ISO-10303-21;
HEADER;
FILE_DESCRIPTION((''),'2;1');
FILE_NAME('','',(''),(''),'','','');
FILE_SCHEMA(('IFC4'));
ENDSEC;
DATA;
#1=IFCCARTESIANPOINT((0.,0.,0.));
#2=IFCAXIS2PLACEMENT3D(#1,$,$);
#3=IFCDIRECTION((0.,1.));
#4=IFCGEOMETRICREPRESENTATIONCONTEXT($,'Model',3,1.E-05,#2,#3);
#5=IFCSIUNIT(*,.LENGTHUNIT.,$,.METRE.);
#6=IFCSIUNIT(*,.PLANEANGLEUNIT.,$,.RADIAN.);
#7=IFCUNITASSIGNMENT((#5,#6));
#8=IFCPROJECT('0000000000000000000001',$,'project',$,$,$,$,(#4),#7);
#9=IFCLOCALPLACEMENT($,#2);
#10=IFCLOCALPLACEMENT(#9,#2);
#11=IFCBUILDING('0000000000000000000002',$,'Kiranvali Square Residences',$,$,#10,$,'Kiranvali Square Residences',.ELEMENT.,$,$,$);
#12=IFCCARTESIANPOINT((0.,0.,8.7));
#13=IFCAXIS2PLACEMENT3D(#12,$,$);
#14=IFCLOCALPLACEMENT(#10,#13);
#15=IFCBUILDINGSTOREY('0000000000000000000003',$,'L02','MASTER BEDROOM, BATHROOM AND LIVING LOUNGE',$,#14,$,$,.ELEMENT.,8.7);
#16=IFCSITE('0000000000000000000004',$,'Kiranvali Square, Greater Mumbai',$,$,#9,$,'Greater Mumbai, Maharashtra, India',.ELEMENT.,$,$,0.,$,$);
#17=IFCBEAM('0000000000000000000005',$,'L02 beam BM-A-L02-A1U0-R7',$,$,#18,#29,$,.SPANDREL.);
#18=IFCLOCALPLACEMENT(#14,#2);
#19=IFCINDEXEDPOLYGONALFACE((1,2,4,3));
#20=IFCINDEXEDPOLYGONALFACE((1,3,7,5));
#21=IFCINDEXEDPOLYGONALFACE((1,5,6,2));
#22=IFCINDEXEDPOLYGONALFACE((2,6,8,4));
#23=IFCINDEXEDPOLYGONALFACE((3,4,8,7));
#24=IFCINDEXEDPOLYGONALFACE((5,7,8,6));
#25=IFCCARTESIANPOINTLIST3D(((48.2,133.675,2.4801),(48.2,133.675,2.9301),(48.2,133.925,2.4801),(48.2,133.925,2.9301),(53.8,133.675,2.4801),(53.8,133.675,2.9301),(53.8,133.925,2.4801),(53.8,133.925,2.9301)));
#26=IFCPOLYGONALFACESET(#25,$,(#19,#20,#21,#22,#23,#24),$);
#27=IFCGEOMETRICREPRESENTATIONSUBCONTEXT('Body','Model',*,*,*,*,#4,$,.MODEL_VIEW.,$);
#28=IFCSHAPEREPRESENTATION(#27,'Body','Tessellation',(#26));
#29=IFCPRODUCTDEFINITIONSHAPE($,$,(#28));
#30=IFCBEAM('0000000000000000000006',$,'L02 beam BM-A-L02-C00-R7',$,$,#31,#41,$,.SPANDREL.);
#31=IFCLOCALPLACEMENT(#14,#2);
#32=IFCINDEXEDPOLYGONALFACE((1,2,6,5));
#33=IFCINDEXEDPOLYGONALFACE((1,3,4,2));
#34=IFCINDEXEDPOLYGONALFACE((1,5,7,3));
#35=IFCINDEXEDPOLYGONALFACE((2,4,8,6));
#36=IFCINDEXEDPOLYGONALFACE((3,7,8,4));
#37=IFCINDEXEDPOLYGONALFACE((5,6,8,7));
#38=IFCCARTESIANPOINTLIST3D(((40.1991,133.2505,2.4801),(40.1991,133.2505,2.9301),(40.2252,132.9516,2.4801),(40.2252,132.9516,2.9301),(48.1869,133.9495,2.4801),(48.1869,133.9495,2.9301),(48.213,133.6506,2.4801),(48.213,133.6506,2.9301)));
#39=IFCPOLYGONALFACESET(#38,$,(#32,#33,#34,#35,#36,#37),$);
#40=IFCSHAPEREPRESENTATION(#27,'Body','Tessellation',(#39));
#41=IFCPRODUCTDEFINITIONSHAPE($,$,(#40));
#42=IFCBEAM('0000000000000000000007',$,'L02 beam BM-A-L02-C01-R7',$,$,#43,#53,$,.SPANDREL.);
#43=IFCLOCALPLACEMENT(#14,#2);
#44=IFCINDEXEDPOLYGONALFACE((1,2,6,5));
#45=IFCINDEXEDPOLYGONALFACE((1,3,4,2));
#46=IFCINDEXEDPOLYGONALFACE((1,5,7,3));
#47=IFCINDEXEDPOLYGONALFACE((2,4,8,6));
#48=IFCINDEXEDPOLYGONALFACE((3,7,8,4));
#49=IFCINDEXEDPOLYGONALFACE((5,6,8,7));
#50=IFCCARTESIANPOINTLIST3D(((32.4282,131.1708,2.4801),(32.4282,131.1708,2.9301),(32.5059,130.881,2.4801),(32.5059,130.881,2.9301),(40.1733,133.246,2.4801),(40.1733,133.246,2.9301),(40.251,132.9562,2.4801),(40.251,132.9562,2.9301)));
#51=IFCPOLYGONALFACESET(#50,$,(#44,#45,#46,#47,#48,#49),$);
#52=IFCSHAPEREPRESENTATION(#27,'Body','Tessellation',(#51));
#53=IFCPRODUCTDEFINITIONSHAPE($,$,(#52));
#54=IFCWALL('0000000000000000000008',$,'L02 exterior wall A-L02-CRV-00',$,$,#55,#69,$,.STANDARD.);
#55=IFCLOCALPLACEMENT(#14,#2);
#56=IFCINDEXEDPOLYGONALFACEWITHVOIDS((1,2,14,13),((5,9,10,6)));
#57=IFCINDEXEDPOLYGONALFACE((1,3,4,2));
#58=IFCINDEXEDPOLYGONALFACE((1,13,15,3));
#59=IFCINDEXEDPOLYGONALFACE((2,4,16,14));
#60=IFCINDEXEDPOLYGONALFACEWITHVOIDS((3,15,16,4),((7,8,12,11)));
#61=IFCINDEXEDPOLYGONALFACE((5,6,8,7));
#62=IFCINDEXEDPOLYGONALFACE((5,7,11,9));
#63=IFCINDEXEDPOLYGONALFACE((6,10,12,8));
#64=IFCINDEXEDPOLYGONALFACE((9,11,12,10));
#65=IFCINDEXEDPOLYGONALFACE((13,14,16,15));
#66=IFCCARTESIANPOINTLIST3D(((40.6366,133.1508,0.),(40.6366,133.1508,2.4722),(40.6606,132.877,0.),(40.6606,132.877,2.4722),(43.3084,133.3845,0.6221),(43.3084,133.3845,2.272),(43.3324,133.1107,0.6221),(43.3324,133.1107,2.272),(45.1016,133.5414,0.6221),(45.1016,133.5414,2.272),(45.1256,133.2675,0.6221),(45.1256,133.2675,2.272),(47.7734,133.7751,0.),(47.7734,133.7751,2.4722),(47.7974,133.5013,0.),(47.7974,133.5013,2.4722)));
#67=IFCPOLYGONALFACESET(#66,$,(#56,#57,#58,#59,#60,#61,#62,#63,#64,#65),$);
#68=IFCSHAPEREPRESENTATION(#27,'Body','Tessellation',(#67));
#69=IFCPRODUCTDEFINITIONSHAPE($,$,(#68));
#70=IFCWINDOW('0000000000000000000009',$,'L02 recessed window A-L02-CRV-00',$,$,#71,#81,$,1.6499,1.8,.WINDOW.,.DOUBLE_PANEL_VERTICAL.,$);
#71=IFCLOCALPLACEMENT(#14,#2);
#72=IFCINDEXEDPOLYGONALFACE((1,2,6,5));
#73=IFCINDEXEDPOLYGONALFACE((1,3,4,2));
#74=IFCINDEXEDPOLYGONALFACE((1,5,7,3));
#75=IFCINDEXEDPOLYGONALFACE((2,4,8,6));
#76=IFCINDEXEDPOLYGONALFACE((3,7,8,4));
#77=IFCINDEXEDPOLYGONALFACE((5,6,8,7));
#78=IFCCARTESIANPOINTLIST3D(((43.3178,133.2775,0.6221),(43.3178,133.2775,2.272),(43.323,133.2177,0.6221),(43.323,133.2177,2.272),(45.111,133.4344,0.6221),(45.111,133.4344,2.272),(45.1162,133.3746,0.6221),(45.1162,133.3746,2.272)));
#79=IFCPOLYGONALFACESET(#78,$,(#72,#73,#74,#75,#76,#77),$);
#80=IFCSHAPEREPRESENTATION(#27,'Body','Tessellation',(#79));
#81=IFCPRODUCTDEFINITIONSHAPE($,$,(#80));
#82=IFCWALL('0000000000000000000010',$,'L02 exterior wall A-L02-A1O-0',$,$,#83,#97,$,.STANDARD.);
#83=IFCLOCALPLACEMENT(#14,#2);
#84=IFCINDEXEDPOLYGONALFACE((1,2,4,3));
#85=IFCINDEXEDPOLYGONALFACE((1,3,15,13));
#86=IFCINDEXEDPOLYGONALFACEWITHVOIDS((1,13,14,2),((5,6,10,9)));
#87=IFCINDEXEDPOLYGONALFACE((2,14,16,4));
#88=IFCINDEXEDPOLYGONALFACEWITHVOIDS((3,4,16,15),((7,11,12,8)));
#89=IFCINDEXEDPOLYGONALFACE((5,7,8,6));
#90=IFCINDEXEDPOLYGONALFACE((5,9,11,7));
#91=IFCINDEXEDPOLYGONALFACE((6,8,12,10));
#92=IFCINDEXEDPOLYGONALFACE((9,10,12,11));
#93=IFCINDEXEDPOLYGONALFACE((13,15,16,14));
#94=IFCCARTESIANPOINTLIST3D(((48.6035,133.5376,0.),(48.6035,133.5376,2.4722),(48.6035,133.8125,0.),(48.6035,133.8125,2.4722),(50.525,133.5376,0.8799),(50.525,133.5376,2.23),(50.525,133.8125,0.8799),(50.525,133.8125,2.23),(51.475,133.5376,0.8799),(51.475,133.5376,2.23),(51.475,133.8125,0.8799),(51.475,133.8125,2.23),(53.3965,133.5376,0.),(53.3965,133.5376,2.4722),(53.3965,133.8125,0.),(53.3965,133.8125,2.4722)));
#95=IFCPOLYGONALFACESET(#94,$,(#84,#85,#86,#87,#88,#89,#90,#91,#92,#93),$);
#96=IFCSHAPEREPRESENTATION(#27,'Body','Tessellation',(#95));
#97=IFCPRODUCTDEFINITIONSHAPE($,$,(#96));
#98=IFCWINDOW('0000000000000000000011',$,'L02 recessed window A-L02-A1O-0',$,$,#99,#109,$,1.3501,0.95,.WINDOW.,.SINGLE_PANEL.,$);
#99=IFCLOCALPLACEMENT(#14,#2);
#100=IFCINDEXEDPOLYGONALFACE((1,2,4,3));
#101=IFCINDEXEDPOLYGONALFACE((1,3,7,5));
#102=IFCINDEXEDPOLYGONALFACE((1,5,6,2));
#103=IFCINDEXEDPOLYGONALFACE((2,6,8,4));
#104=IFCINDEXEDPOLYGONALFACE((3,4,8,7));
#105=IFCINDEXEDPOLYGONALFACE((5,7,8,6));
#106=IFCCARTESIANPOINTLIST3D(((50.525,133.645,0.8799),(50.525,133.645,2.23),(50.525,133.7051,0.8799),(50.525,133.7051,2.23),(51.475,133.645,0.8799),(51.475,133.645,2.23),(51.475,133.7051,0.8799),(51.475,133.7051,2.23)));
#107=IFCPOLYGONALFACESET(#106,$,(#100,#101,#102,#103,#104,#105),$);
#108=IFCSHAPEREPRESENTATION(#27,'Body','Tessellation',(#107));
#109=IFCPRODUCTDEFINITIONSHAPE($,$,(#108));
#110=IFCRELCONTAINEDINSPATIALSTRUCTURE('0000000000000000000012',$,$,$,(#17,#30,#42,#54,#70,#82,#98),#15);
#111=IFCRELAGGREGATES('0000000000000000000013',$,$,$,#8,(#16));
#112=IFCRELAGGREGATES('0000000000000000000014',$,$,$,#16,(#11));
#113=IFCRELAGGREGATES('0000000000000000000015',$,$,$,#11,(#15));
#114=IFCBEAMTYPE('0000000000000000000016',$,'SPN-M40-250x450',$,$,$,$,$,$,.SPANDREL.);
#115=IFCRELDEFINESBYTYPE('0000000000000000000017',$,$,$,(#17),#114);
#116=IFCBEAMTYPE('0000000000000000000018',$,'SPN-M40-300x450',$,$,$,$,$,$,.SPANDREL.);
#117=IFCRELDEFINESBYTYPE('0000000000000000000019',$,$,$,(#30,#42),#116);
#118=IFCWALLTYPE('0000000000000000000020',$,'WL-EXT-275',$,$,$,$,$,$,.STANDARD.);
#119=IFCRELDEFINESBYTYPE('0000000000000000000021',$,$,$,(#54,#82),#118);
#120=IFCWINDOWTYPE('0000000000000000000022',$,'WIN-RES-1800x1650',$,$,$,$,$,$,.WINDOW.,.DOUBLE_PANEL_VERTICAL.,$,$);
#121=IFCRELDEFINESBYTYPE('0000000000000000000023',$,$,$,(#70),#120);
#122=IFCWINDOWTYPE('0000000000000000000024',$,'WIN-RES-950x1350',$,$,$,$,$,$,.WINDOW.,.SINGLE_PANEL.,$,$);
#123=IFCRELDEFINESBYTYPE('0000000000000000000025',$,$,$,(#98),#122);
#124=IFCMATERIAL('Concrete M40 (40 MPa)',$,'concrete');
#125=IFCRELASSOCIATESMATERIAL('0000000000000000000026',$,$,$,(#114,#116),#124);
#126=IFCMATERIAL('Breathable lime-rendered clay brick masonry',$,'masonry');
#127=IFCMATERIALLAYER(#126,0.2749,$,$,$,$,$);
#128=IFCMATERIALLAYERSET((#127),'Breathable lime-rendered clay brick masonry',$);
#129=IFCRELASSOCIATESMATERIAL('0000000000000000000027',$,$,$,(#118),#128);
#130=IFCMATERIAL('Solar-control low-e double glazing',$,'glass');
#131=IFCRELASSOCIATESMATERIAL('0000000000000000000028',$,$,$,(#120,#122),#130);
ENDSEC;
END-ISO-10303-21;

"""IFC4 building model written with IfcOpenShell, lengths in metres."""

from ifc_helpers import new_model, si_unit, direction, frame, frame_2d, origin, origin_2d, place, context, subcontext, project, spatial, rectangle, extrude, material, layer, layer_set, material_profile, profile_set, type_object, element, fill, save


model = new_model("IFC4")

# Units and contexts
model_context = context("Model", 3, precision=1e-05, world=origin(), true_north=direction((0.0, 1.0)))
body_context = subcontext(model_context, "Body", "Model", "MODEL_VIEW")
ifc_project = project(units=[si_unit("LENGTHUNIT", "METRE"), si_unit("PLANEANGLEUNIT", "RADIAN")], contexts=[model_context])

# Site, building, storey
site_placement = place(None, origin())
site = spatial("IfcSite", under=ifc_project, at=site_placement, Name="Kiranvali Square, Greater Mumbai", LongName="Greater Mumbai, Maharashtra, India", CompositionType="ELEMENT", RefElevation=0.0)
building_placement = place(site_placement, origin())
building = spatial("IfcBuilding", under=site, at=building_placement, Name="Kiranvali Square Residences", LongName="Kiranvali Square Residences", CompositionType="ELEMENT")
storey_placement = place(building_placement, frame((0.0, 0.0, 8.7)))
storey = spatial("IfcBuildingStorey", under=building, at=storey_placement, Name="L02", Description="MASTER BEDROOM, BATHROOM AND LIVING LOUNGE", CompositionType="ELEMENT", Elevation=8.7)

# Beams
ifc_material_1 = material(Name="Concrete M40 (40 MPa)", Category="concrete")
ifc_material_profile_1 = material_profile(ifc_material_1, rectangle(XDim=0.25, YDim=0.45, at=origin_2d()), Name="RC 250x450")
ifc_profile_set_1 = profile_set([ifc_material_profile_1], Name="Concrete M40 (40 MPa)")
beam_type_1 = type_object("IfcBeamType", Name="SPN-M40-250x450", PredefinedType="SPANDREL", material=ifc_profile_set_1)
beam_1_placement = place(storey_placement, frame((48.2, 133.8, 2.7051), z_axis=(1.0, 0.0, 0.0), x_axis=(0.0, 1.0, 0.0)))
element("IfcBeam", 1, at=beam_1_placement, inside=storey, type_object=beam_type_1, Name="L02 beam BM-A-L02-A1U0-R7", PredefinedType="SPANDREL", context=body_context, shape_type="SweptSolid", body=[
    extrude(rectangle(XDim=0.25, YDim=0.45, at=origin_2d()), origin(), (0.0, 0.0, 1.0), 5.6001),
])
ifc_material_profile_2 = material_profile(ifc_material_1, rectangle(XDim=0.3, YDim=0.45, at=origin_2d()), Name="RC 300x450")
ifc_profile_set_2 = profile_set([ifc_material_profile_2], Name="Concrete M40 (40 MPa)")
beam_type_2 = type_object("IfcBeamType", Name="SPN-M40-300x450", PredefinedType="SPANDREL", material=ifc_profile_set_2)
for number, where, z_axis, x_axis, name in (
    (2, (48.2, 133.8, 2.7051), (-0.996193, -0.087172, 0.0), (0.087172, -0.996193, 0.0), "L02 beam BM-A-L02-C00-R7"),
    (3, (40.2122, 133.1011, 2.7051), (-0.965929, -0.258807, 0.0), (0.258807, -0.965929, 0.0), "L02 beam BM-A-L02-C01-R7"),
):
    element("IfcBeam", number, at=place(storey_placement, frame(where, z_axis=z_axis, x_axis=x_axis)), inside=storey, type_object=beam_type_2, Name=name, PredefinedType="SPANDREL", context=body_context, shape_type="SweptSolid", body=[
        extrude(rectangle(XDim=0.3, YDim=0.45, at=origin_2d()), origin(), (0.0, 0.0, 1.0), 8.0183),
    ])

# Wall, opening, window
ifc_material_2 = material(Name="Breathable lime-rendered clay brick masonry", Category="masonry")
ifc_layer = layer(ifc_material_2, 0.2749)
ifc_layer_set = layer_set([ifc_layer], Name="Breathable lime-rendered clay brick masonry")
wall_type = type_object("IfcWallType", Name="WL-EXT-275", PredefinedType="STANDARD", material=ifc_layer_set)
wall_1_placement = place(storey_placement, frame((47.7854, 133.6382, 0.0), z_axis=(0.0, 0.0, 1.0), x_axis=(-0.996196, -0.08714, 0.0)))
wall_1 = element("IfcWall", 4, at=wall_1_placement, inside=storey, type_object=wall_type, Name="L02 exterior wall A-L02-CRV-00", PredefinedType="STANDARD", context=body_context, shape_type="SweptSolid", body=[
    extrude(rectangle(XDim=7.1641, YDim=0.2749, at=frame_2d((3.582, 0.0))), origin(), (0.0, 0.0, 1.0), 2.4722),
])
opening_1_placement = place(wall_1_placement, frame((2.6821, 0.0, 0.6221)))
opening_1 = element("IfcOpeningElement", 5, at=opening_1_placement, cuts=wall_1, PredefinedType="OPENING", context=body_context, shape_type="SweptSolid", body=[
    extrude(rectangle(XDim=1.8, YDim=1.6499, at=frame_2d((0.8999, 0.825))), frame((0.0, 0.1475, 0.0), z_axis=(0.0, -1.0, 0.0), x_axis=(1.0, 0.0, 0.0)), (0.0, 0.0, 1.0), 0.2949),
])
ifc_material_3 = material(Name="Solar-control low-e double glazing", Category="glass")
window_type_1 = type_object("IfcWindowType", Name="WIN-RES-1800x1650", PartitioningType="DOUBLE_PANEL_VERTICAL", PredefinedType="WINDOW", material=ifc_material_3)
window_1_placement = place(opening_1_placement, origin())
window_1 = element("IfcWindow", 6, at=window_1_placement, inside=storey, type_object=window_type_1, Name="L02 recessed window A-L02-CRV-00", OverallHeight=1.6499, OverallWidth=1.8, PartitioningType="DOUBLE_PANEL_VERTICAL", PredefinedType="WINDOW", context=body_context, shape_type="SweptSolid", body=[
    extrude(rectangle(XDim=1.8, YDim=1.6499, at=frame_2d((0.8999, 0.825))), frame((0.0, 0.03, 0.0), z_axis=(0.0, -1.0, 0.0), x_axis=(1.0, 0.0, 0.0)), (0.0, 0.0, 1.0), 0.0601),
])
fill(opening_1, window_1)

# Wall, opening, window
wall_2_placement = place(storey_placement, frame((48.6035, 133.675, 0.0), z_axis=(0.0, 0.0, 1.0), x_axis=(1.0, 0.0, 0.0)))
wall_2 = element("IfcWall", 7, at=wall_2_placement, inside=storey, type_object=wall_type, Name="L02 exterior wall A-L02-A1O-0", PredefinedType="STANDARD", context=body_context, shape_type="SweptSolid", body=[
    extrude(rectangle(XDim=4.793, YDim=0.2749, at=frame_2d((2.3965, 0.0))), origin(), (0.0, 0.0, 1.0), 2.4722),
])
opening_2_placement = place(wall_2_placement, frame((1.9214, 0.0, 0.8799)))
opening_2 = element("IfcOpeningElement", 8, at=opening_2_placement, cuts=wall_2, PredefinedType="OPENING", context=body_context, shape_type="SweptSolid", body=[
    extrude(rectangle(XDim=0.95, YDim=1.3501, at=frame_2d((0.4751, 0.675))), frame((0.0, 0.1475, 0.0), z_axis=(0.0, -1.0, 0.0), x_axis=(1.0, 0.0, 0.0)), (0.0, 0.0, 1.0), 0.2949),
])
window_type_2 = type_object("IfcWindowType", Name="WIN-RES-950x1350", PartitioningType="SINGLE_PANEL", PredefinedType="WINDOW", material=ifc_material_3)
window_2_placement = place(opening_2_placement, origin())
window_2 = element("IfcWindow", 9, at=window_2_placement, inside=storey, type_object=window_type_2, Name="L02 recessed window A-L02-A1O-0", OverallHeight=1.3501, OverallWidth=0.95, PartitioningType="SINGLE_PANEL", PredefinedType="WINDOW", context=body_context, shape_type="SweptSolid", body=[
    extrude(rectangle(XDim=0.95, YDim=1.3501, at=frame_2d((0.4751, 0.675))), frame((0.0, 0.03, 0.0), z_axis=(0.0, -1.0, 0.0), x_axis=(1.0, 0.0, 0.0)), (0.0, 0.0, 1.0), 0.0601),
])
fill(opening_2, window_2)

save(model, "model.ifc")
